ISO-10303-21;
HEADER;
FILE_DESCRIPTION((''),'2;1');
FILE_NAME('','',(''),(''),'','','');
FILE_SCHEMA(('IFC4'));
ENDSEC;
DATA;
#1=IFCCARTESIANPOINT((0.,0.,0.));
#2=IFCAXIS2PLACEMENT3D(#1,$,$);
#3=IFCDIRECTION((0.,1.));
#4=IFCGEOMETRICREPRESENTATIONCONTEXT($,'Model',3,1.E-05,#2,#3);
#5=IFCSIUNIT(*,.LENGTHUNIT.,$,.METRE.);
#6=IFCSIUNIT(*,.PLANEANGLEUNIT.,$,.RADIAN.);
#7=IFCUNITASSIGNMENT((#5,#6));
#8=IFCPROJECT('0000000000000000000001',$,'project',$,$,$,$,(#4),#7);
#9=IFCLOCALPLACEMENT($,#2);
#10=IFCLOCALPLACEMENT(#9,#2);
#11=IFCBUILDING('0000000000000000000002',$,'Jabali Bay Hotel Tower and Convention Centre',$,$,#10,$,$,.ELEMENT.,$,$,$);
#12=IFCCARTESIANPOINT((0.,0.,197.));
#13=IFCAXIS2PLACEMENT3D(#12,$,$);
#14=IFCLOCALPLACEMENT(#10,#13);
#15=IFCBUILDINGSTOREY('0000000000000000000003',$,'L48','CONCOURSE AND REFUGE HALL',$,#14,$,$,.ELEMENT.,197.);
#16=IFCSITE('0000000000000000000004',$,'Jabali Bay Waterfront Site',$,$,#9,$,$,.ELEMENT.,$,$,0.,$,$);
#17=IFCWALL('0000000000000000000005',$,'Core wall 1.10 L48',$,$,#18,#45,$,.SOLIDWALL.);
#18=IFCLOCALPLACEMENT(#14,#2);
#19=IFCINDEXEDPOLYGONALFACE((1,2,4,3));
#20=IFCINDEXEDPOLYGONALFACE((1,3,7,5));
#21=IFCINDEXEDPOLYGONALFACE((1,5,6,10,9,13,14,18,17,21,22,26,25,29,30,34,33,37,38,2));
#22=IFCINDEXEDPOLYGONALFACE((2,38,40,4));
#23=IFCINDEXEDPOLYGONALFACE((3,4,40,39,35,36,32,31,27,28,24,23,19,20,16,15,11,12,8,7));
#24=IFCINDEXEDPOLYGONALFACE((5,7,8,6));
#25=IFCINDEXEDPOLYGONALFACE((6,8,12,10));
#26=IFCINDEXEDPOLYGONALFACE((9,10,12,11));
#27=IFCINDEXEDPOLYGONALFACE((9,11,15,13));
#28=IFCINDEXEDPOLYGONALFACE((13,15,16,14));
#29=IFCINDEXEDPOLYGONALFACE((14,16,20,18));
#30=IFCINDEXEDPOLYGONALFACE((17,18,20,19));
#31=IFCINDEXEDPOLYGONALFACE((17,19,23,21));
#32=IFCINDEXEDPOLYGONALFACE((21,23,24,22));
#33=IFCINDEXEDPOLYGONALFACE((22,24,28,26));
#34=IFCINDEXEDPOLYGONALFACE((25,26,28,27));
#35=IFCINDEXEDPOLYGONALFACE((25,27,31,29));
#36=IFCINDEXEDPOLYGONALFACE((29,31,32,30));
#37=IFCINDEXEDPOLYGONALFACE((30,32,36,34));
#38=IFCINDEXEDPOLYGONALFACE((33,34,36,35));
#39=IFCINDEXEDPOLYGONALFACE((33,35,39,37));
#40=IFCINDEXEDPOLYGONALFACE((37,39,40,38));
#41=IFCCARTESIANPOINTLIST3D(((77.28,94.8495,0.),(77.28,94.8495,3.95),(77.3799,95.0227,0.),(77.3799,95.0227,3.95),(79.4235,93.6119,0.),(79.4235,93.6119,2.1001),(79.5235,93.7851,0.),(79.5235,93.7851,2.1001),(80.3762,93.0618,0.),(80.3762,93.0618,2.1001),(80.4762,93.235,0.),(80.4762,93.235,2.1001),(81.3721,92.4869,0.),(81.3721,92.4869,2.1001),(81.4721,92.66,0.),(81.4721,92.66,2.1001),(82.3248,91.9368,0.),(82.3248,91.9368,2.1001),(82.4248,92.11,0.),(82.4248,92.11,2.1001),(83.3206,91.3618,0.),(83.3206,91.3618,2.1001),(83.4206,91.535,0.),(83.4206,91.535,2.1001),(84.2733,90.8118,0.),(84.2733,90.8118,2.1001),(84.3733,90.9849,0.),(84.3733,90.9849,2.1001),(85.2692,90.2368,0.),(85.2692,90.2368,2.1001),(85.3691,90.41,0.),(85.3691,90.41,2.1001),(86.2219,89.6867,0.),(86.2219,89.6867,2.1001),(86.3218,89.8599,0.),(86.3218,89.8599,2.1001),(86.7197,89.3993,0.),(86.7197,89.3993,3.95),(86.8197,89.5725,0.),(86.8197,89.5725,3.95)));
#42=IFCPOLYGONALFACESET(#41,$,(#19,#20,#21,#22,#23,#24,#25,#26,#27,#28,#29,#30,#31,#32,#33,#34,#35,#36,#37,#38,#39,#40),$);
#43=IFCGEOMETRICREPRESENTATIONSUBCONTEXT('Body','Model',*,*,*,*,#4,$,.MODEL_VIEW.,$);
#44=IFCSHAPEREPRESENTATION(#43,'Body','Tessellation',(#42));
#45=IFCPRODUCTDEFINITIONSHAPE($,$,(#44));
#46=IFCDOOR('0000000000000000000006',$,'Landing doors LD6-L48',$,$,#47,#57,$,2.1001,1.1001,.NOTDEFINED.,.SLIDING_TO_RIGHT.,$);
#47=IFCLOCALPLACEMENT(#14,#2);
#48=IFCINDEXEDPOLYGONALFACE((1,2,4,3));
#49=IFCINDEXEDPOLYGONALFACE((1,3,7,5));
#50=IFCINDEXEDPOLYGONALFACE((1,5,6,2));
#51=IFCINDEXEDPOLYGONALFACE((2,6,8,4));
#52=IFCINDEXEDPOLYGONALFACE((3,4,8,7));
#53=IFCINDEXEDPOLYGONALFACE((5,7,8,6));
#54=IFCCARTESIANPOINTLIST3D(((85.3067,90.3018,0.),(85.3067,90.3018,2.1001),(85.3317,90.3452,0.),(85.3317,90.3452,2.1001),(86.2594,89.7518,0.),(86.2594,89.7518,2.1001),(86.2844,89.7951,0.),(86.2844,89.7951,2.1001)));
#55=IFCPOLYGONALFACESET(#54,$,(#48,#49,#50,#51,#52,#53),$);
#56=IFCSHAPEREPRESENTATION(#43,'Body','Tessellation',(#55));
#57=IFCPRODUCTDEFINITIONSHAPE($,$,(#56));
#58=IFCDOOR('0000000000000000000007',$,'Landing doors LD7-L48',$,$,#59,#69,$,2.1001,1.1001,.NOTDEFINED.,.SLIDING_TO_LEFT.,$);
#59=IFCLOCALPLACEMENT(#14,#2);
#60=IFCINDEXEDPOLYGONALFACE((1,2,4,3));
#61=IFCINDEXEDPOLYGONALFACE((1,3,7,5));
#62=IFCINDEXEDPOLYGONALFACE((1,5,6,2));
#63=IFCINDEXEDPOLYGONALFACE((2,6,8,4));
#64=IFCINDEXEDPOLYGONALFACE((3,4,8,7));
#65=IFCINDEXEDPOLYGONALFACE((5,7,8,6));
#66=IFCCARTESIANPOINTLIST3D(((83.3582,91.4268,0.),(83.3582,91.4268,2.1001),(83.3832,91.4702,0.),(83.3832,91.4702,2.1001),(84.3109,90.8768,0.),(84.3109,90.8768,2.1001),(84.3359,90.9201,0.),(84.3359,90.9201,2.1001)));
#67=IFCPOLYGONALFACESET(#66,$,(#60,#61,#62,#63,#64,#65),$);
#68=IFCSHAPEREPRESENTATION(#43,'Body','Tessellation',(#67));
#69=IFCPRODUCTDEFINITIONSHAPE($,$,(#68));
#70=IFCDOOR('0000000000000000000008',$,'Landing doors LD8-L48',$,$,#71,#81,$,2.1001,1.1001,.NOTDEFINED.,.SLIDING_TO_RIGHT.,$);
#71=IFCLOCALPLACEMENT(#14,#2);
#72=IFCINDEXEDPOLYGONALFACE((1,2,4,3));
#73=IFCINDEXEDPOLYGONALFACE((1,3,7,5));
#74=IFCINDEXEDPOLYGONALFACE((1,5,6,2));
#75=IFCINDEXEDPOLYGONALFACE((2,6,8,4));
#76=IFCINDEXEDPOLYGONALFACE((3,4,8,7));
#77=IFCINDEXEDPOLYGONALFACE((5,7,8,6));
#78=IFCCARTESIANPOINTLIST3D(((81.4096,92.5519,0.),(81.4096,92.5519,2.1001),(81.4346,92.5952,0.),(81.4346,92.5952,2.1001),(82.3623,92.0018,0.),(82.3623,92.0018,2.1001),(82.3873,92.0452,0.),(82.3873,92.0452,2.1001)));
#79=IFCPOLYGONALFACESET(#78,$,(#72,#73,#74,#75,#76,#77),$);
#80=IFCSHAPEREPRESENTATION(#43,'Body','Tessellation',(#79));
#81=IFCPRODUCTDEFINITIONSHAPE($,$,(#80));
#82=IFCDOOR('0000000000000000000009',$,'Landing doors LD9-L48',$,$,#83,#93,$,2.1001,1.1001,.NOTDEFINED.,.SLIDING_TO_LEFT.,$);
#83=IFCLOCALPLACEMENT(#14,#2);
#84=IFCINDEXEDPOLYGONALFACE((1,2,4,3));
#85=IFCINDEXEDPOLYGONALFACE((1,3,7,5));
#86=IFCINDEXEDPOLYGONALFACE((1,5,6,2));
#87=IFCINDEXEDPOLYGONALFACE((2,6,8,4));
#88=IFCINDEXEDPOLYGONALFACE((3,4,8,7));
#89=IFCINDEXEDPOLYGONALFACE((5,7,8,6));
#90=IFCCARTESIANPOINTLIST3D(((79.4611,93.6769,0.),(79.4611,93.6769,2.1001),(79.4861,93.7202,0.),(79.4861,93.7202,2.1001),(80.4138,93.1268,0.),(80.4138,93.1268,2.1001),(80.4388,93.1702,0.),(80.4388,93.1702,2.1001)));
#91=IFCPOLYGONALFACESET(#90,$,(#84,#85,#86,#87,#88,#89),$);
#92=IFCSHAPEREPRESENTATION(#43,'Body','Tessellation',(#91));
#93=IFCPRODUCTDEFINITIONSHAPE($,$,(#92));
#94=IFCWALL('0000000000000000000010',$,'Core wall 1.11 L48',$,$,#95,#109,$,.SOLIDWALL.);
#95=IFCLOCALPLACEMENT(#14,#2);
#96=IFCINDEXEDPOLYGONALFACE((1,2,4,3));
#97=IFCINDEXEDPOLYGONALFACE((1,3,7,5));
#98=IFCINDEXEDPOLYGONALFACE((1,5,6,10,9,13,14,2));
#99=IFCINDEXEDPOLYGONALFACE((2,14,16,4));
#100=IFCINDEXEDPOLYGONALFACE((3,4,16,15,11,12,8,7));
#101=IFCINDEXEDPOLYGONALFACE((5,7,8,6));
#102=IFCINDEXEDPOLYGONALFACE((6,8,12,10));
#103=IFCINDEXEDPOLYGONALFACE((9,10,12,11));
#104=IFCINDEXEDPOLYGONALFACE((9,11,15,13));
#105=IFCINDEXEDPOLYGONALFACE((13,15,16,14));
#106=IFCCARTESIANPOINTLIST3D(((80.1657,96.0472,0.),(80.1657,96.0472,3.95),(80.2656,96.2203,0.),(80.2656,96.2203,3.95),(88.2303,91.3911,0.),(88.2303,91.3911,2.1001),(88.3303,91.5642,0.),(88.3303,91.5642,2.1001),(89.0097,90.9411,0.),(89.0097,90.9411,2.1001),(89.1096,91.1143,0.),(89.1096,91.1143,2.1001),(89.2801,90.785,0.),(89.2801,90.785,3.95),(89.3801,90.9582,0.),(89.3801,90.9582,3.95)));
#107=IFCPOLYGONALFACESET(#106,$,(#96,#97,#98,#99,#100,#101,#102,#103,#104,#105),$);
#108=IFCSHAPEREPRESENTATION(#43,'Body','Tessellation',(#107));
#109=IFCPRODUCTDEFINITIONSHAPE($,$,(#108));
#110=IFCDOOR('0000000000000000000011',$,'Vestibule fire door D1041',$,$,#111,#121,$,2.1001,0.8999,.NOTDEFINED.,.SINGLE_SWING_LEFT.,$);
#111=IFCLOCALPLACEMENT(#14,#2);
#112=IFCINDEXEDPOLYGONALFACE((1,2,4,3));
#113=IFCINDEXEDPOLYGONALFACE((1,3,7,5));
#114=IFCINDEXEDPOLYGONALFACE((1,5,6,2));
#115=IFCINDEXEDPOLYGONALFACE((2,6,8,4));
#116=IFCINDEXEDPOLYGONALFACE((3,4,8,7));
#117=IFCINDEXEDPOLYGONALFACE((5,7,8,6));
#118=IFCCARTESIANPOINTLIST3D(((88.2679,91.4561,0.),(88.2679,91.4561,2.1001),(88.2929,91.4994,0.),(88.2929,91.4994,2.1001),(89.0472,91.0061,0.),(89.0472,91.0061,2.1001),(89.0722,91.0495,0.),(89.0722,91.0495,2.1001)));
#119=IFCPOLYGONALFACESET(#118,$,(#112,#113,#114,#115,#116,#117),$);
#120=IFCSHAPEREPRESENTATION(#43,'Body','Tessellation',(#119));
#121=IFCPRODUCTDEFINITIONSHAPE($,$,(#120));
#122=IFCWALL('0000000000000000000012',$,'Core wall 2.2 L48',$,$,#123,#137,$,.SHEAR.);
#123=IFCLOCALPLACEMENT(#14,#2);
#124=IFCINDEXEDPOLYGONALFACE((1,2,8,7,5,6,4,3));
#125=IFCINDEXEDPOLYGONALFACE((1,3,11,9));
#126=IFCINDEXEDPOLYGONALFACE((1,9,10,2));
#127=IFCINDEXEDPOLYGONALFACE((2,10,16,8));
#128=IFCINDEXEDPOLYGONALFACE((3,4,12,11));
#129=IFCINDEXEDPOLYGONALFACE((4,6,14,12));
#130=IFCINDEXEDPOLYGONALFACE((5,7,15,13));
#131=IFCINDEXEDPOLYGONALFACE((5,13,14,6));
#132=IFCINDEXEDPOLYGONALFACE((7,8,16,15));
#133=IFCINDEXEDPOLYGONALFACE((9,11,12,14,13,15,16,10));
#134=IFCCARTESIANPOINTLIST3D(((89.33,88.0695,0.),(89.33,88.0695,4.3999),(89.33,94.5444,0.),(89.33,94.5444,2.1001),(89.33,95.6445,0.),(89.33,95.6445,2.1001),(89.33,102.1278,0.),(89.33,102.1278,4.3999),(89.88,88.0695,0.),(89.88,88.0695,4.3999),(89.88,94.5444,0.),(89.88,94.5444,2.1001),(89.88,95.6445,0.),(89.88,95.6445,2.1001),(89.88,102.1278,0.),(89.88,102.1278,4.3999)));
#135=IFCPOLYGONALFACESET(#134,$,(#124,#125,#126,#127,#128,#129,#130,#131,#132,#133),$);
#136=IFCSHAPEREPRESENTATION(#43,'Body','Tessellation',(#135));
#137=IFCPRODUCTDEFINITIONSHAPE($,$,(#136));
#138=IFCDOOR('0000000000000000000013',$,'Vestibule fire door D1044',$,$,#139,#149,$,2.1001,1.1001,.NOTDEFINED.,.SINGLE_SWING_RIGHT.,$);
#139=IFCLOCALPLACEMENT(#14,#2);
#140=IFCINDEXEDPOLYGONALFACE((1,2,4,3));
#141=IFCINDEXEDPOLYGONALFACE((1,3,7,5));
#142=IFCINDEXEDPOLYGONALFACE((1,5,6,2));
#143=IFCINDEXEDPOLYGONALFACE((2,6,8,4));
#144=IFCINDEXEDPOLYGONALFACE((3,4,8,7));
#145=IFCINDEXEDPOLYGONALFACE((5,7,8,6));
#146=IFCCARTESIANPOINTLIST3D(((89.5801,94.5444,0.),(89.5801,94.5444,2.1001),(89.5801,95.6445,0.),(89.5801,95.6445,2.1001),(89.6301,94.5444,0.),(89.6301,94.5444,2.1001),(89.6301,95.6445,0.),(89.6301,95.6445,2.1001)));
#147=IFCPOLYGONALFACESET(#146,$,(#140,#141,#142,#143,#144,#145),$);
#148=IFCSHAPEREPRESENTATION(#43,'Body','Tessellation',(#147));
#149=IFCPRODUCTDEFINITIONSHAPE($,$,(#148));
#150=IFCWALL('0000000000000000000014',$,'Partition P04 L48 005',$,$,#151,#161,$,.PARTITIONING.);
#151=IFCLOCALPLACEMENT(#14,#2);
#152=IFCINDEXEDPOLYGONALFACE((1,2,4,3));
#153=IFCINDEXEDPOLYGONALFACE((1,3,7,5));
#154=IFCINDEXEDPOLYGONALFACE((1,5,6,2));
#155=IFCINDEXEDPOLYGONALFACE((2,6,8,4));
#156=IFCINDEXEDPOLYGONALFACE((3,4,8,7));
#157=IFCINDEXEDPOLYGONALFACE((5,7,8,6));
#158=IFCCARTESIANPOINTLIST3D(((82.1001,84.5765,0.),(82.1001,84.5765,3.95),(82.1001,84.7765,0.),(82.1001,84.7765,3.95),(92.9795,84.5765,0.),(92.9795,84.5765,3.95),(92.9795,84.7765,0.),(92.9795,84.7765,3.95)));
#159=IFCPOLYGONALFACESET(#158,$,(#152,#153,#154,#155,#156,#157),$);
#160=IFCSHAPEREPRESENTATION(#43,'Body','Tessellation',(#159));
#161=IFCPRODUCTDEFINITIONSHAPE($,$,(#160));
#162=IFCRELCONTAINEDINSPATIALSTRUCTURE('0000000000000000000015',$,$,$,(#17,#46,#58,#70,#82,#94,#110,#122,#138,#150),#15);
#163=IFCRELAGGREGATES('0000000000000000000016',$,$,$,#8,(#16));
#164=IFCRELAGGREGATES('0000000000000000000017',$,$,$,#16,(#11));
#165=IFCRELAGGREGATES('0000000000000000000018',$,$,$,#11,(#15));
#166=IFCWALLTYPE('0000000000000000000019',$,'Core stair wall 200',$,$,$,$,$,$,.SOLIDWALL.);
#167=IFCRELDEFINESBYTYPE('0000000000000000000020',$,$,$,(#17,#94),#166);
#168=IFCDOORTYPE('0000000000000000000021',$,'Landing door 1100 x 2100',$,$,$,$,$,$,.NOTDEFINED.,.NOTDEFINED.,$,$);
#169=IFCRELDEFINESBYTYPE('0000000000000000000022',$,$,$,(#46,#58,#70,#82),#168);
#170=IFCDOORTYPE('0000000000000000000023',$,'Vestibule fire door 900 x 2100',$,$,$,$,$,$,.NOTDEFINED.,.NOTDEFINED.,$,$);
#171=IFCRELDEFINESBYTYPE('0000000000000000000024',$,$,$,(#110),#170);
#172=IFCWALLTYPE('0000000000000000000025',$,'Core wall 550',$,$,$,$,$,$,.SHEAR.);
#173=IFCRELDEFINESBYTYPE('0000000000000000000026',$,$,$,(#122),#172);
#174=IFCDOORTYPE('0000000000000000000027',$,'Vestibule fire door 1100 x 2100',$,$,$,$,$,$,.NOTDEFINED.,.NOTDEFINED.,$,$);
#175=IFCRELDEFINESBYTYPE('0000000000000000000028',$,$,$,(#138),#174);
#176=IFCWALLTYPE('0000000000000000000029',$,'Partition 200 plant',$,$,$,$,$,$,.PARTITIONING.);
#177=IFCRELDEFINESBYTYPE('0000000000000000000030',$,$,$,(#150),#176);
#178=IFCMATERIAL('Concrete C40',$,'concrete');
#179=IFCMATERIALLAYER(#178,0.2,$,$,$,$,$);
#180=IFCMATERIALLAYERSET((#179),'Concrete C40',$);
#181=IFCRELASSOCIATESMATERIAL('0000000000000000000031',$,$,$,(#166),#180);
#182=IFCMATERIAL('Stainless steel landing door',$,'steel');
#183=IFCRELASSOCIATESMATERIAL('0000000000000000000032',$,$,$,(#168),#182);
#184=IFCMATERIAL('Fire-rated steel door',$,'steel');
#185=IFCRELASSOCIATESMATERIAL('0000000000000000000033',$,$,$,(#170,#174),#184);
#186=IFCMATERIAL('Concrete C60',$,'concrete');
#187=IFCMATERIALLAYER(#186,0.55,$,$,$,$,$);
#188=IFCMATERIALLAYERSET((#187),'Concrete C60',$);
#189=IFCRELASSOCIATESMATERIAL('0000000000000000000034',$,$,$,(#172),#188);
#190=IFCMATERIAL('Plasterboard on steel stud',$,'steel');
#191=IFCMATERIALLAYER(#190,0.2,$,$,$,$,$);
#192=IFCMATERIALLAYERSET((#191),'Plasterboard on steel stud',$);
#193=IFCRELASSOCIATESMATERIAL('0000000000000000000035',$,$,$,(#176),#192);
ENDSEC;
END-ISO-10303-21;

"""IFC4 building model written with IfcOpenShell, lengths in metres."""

from ifc_helpers import new_model, si_unit, direction, frame, frame_2d, origin, place, context, subcontext, project, spatial, rectangle, extrude, material, layer, layer_set, type_object, element, fill, save


model = new_model("IFC4")

# Units and contexts
model_context = context("Model", 3, precision=1e-05, world=origin(), true_north=direction((0.0, 1.0)))
body_context = subcontext(model_context, "Body", "Model", "MODEL_VIEW")
ifc_project = project(units=[si_unit("LENGTHUNIT", "METRE"), si_unit("PLANEANGLEUNIT", "RADIAN")], contexts=[model_context])

# Site, building, storey
site_placement = place(None, origin())
site = spatial("IfcSite", under=ifc_project, at=site_placement, Name="Jabali Bay Waterfront Site", CompositionType="ELEMENT", RefElevation=0.0)
building_placement = place(site_placement, origin())
building = spatial("IfcBuilding", under=site, at=building_placement, Name="Jabali Bay Hotel Tower and Convention Centre", CompositionType="ELEMENT")
storey_placement = place(building_placement, frame((0.0, 0.0, 197.0)))
storey = spatial("IfcBuildingStorey", under=building, at=storey_placement, Name="L48", Description="CONCOURSE AND REFUGE HALL", CompositionType="ELEMENT", Elevation=197.0)

# Shared definitions
ifc_material_1 = material(Name="Concrete C60", Category="concrete")

# Shared definitions
ifc_material_2 = material(Name="Concrete C40", Category="concrete")
ifc_layer_1 = layer(ifc_material_2, 0.2)
ifc_layer_set_1 = layer_set([ifc_layer_1], Name="Concrete C40")
wall_type_1 = type_object("IfcWallType", Name="Core stair wall 200", PredefinedType="SOLIDWALL", material=ifc_layer_set_1)

# Wall, openings, doors
wall_1_placement = place(storey_placement, frame((86.7698, 89.4858, 0.0), z_axis=(0.0, 0.0, 1.0), x_axis=(-0.866018, 0.500013, 0.0)))
wall_1 = element("IfcWall", 1, at=wall_1_placement, inside=storey, type_object=wall_type_1, Name="Core wall 1.10 L48", PredefinedType="SOLIDWALL", context=body_context, shape_type="SweptSolid", body=[
    extrude(rectangle(XDim=10.9001, YDim=0.2, at=frame_2d((5.4502, 0.0))), origin(), (0.0, 0.0, 1.0), 3.95),
])
opening_1_placement = place(wall_1_placement, frame((0.575, 0.0, 0.0)))
opening_1 = element("IfcOpeningElement", 2, at=opening_1_placement, cuts=wall_1, PredefinedType="OPENING", context=body_context, shape_type="SweptSolid", body=[
    extrude(rectangle(XDim=1.1001, YDim=2.1001, at=frame_2d((0.55, 1.05))), frame((0.0, 0.1104, 0.0), z_axis=(0.0, -1.0, 0.0), x_axis=(1.0, 0.0, 0.0)), (0.0, 0.0, 1.0), 0.2209),
])
opening_2_placement = place(wall_1_placement, frame((2.825, 0.0, 0.0)))
opening_2 = element("IfcOpeningElement", 3, at=opening_2_placement, cuts=wall_1, PredefinedType="OPENING", context=body_context, shape_type="SweptSolid", body=[
    extrude(rectangle(XDim=1.1001, YDim=2.1001, at=frame_2d((0.55, 1.05))), frame((0.0, 0.1104, 0.0), z_axis=(0.0, -1.0, 0.0), x_axis=(1.0, 0.0, 0.0)), (0.0, 0.0, 1.0), 0.2209),
])
opening_3_placement = place(wall_1_placement, frame((5.075, 0.0, 0.0)))
opening_3 = element("IfcOpeningElement", 4, at=opening_3_placement, cuts=wall_1, PredefinedType="OPENING", context=body_context, shape_type="SweptSolid", body=[
    extrude(rectangle(XDim=1.1001, YDim=2.1001, at=frame_2d((0.55, 1.05))), frame((0.0, 0.1104, 0.0), z_axis=(0.0, -1.0, 0.0), x_axis=(1.0, 0.0, 0.0)), (0.0, 0.0, 1.0), 0.2209),
])
opening_4_placement = place(wall_1_placement, frame((7.325, 0.0, 0.0)))
opening_4 = element("IfcOpeningElement", 5, at=opening_4_placement, cuts=wall_1, PredefinedType="OPENING", context=body_context, shape_type="SweptSolid", body=[
    extrude(rectangle(XDim=1.1001, YDim=2.1001, at=frame_2d((0.55, 1.05))), frame((0.0, 0.1104, 0.0), z_axis=(0.0, -1.0, 0.0), x_axis=(1.0, 0.0, 0.0)), (0.0, 0.0, 1.0), 0.2209),
])
ifc_material_3 = material(Name="Stainless steel landing door", Category="steel")
door_type_1 = type_object("IfcDoorType", Name="Landing door 1100 x 2100", OperationType="NOTDEFINED", PredefinedType="NOTDEFINED", material=ifc_material_3)
door_1_placement = place(opening_1_placement, origin())
door_1 = element("IfcDoor", 6, at=door_1_placement, inside=storey, type_object=door_type_1, Name="Landing doors LD6-L48", OperationType="SLIDING_TO_RIGHT", OverallHeight=2.1001, OverallWidth=1.1001, PredefinedType="NOTDEFINED", context=body_context, shape_type="SweptSolid", body=[
    extrude(rectangle(XDim=1.1001, YDim=2.1001, at=frame_2d((0.55, 1.05))), frame((0.0, 0.0249, 0.0), z_axis=(0.0, -1.0, 0.0), x_axis=(1.0, 0.0, 0.0)), (0.0, 0.0, 1.0), 0.05),
])
fill(opening_1, door_1)
door_2_placement = place(opening_2_placement, origin())
door_2 = element("IfcDoor", 7, at=door_2_placement, inside=storey, type_object=door_type_1, Name="Landing doors LD7-L48", OperationType="SLIDING_TO_LEFT", OverallHeight=2.1001, OverallWidth=1.1001, PredefinedType="NOTDEFINED", context=body_context, shape_type="SweptSolid", body=[
    extrude(rectangle(XDim=1.1001, YDim=2.1001, at=frame_2d((0.55, 1.05))), frame((0.0, 0.0249, 0.0), z_axis=(0.0, -1.0, 0.0), x_axis=(1.0, 0.0, 0.0)), (0.0, 0.0, 1.0), 0.05),
])
fill(opening_2, door_2)
door_3_placement = place(opening_3_placement, origin())
door_3 = element("IfcDoor", 8, at=door_3_placement, inside=storey, type_object=door_type_1, Name="Landing doors LD8-L48", OperationType="SLIDING_TO_RIGHT", OverallHeight=2.1001, OverallWidth=1.1001, PredefinedType="NOTDEFINED", context=body_context, shape_type="SweptSolid", body=[
    extrude(rectangle(XDim=1.1001, YDim=2.1001, at=frame_2d((0.55, 1.05))), frame((0.0, 0.0249, 0.0), z_axis=(0.0, -1.0, 0.0), x_axis=(1.0, 0.0, 0.0)), (0.0, 0.0, 1.0), 0.05),
])
fill(opening_3, door_3)
door_4_placement = place(opening_4_placement, origin())
door_4 = element("IfcDoor", 9, at=door_4_placement, inside=storey, type_object=door_type_1, Name="Landing doors LD9-L48", OperationType="SLIDING_TO_LEFT", OverallHeight=2.1001, OverallWidth=1.1001, PredefinedType="NOTDEFINED", context=body_context, shape_type="SweptSolid", body=[
    extrude(rectangle(XDim=1.1001, YDim=2.1001, at=frame_2d((0.55, 1.05))), frame((0.0, 0.0249, 0.0), z_axis=(0.0, -1.0, 0.0), x_axis=(1.0, 0.0, 0.0)), (0.0, 0.0, 1.0), 0.05),
])
fill(opening_4, door_4)

# Walls, openings, doors
wall_2_placement = place(storey_placement, frame((89.3301, 90.8716, 0.0), z_axis=(0.0, 0.0, 1.0), x_axis=(-0.866028, 0.499996, 0.0)))
wall_2 = element("IfcWall", 10, at=wall_2_placement, inside=storey, type_object=wall_type_1, Name="Core wall 1.11 L48", PredefinedType="SOLIDWALL", context=body_context, shape_type="SweptSolid", body=[
    extrude(rectangle(XDim=10.5244, YDim=0.2, at=frame_2d((5.2622, 0.0))), origin(), (0.0, 0.0, 1.0), 3.95),
])
opening_5_placement = place(wall_2_placement, frame((0.3123, 0.0, 0.0)))
opening_5 = element("IfcOpeningElement", 11, at=opening_5_placement, cuts=wall_2, PredefinedType="OPENING", context=body_context, shape_type="SweptSolid", body=[
    extrude(rectangle(XDim=0.8999, YDim=2.1001, at=frame_2d((0.45, 1.05))), frame((0.0, 0.1104, 0.0), z_axis=(0.0, -1.0, 0.0), x_axis=(1.0, 0.0, 0.0)), (0.0, 0.0, 1.0), 0.2209),
])
ifc_material_4 = material(Name="Fire-rated steel door", Category="steel")
door_type_2 = type_object("IfcDoorType", Name="Vestibule fire door 900 x 2100", OperationType="NOTDEFINED", PredefinedType="NOTDEFINED", material=ifc_material_4)
door_5_placement = place(opening_5_placement, origin())
door_5 = element("IfcDoor", 12, at=door_5_placement, inside=storey, type_object=door_type_2, Name="Vestibule fire door D1041", OperationType="SINGLE_SWING_LEFT", OverallHeight=2.1001, OverallWidth=0.8999, PredefinedType="NOTDEFINED", context=body_context, shape_type="SweptSolid", body=[
    extrude(rectangle(XDim=0.8999, YDim=2.1001, at=frame_2d((0.45, 1.05))), frame((0.0, 0.0249, 0.0), z_axis=(0.0, -1.0, 0.0), x_axis=(1.0, 0.0, 0.0)), (0.0, 0.0, 1.0), 0.05),
])
fill(opening_5, door_5)
ifc_layer_2 = layer(ifc_material_1, 0.55)
ifc_layer_set_2 = layer_set([ifc_layer_2], Name="Concrete C60")
wall_type_2 = type_object("IfcWallType", Name="Core wall 550", PredefinedType="SHEAR", material=ifc_layer_set_2)
wall_3_placement = place(storey_placement, frame((89.605, 88.0693, 0.0), z_axis=(0.0, 0.0, 1.0), x_axis=(0.0, 1.0, 0.0)))
wall_3 = element("IfcWall", 13, at=wall_3_placement, inside=storey, type_object=wall_type_2, Name="Core wall 2.2 L48", PredefinedType="SHEAR", context=body_context, shape_type="SweptSolid", body=[
    extrude(rectangle(XDim=14.0583, YDim=0.55, at=frame_2d((7.0293, 0.0))), origin(), (0.0, 0.0, 1.0), 4.3999),
])
opening_6_placement = place(wall_3_placement, frame((6.4751, 0.0, 0.0)))
opening_6 = element("IfcOpeningElement", 14, at=opening_6_placement, cuts=wall_3, PredefinedType="OPENING", context=body_context, shape_type="SweptSolid", body=[
    extrude(rectangle(XDim=1.1001, YDim=2.1001, at=frame_2d((0.55, 1.05))), frame((0.0, 0.2856, 0.0), z_axis=(0.0, -1.0, 0.0), x_axis=(1.0, 0.0, 0.0)), (0.0, 0.0, 1.0), 0.571),
])
door_type_3 = type_object("IfcDoorType", Name="Vestibule fire door 1100 x 2100", OperationType="NOTDEFINED", PredefinedType="NOTDEFINED", material=ifc_material_4)
door_6_placement = place(opening_6_placement, origin())
door_6 = element("IfcDoor", 15, at=door_6_placement, inside=storey, type_object=door_type_3, Name="Vestibule fire door D1044", OperationType="SINGLE_SWING_RIGHT", OverallHeight=2.1001, OverallWidth=1.1001, PredefinedType="NOTDEFINED", context=body_context, shape_type="SweptSolid", body=[
    extrude(rectangle(XDim=1.1001, YDim=2.1001, at=frame_2d((0.55, 1.05))), frame((0.0, 0.0249, 0.0), z_axis=(0.0, -1.0, 0.0), x_axis=(1.0, 0.0, 0.0)), (0.0, 0.0, 1.0), 0.05),
])
fill(opening_6, door_6)

# Wall
ifc_material_5 = material(Name="Plasterboard on steel stud", Category="steel")
ifc_layer_3 = layer(ifc_material_5, 0.2)
ifc_layer_set_3 = layer_set([ifc_layer_3], Name="Plasterboard on steel stud")
wall_type_3 = type_object("IfcWallType", Name="Partition 200 plant", PredefinedType="PARTITIONING", material=ifc_layer_set_3)
wall_4_placement = place(storey_placement, frame((92.9795, 84.6765, 0.0), z_axis=(0.0, 0.0, 1.0), x_axis=(-1.0, 0.0, 0.0)))
element("IfcWall", 16, at=wall_4_placement, inside=storey, type_object=wall_type_3, Name="Partition P04 L48 005", PredefinedType="PARTITIONING", context=body_context, shape_type="SweptSolid", body=[
    extrude(rectangle(XDim=10.8794, YDim=0.2, at=frame_2d((5.4397, 0.0))), origin(), (0.0, 0.0, 1.0), 3.95),
])

save(model, "model.ifc")
